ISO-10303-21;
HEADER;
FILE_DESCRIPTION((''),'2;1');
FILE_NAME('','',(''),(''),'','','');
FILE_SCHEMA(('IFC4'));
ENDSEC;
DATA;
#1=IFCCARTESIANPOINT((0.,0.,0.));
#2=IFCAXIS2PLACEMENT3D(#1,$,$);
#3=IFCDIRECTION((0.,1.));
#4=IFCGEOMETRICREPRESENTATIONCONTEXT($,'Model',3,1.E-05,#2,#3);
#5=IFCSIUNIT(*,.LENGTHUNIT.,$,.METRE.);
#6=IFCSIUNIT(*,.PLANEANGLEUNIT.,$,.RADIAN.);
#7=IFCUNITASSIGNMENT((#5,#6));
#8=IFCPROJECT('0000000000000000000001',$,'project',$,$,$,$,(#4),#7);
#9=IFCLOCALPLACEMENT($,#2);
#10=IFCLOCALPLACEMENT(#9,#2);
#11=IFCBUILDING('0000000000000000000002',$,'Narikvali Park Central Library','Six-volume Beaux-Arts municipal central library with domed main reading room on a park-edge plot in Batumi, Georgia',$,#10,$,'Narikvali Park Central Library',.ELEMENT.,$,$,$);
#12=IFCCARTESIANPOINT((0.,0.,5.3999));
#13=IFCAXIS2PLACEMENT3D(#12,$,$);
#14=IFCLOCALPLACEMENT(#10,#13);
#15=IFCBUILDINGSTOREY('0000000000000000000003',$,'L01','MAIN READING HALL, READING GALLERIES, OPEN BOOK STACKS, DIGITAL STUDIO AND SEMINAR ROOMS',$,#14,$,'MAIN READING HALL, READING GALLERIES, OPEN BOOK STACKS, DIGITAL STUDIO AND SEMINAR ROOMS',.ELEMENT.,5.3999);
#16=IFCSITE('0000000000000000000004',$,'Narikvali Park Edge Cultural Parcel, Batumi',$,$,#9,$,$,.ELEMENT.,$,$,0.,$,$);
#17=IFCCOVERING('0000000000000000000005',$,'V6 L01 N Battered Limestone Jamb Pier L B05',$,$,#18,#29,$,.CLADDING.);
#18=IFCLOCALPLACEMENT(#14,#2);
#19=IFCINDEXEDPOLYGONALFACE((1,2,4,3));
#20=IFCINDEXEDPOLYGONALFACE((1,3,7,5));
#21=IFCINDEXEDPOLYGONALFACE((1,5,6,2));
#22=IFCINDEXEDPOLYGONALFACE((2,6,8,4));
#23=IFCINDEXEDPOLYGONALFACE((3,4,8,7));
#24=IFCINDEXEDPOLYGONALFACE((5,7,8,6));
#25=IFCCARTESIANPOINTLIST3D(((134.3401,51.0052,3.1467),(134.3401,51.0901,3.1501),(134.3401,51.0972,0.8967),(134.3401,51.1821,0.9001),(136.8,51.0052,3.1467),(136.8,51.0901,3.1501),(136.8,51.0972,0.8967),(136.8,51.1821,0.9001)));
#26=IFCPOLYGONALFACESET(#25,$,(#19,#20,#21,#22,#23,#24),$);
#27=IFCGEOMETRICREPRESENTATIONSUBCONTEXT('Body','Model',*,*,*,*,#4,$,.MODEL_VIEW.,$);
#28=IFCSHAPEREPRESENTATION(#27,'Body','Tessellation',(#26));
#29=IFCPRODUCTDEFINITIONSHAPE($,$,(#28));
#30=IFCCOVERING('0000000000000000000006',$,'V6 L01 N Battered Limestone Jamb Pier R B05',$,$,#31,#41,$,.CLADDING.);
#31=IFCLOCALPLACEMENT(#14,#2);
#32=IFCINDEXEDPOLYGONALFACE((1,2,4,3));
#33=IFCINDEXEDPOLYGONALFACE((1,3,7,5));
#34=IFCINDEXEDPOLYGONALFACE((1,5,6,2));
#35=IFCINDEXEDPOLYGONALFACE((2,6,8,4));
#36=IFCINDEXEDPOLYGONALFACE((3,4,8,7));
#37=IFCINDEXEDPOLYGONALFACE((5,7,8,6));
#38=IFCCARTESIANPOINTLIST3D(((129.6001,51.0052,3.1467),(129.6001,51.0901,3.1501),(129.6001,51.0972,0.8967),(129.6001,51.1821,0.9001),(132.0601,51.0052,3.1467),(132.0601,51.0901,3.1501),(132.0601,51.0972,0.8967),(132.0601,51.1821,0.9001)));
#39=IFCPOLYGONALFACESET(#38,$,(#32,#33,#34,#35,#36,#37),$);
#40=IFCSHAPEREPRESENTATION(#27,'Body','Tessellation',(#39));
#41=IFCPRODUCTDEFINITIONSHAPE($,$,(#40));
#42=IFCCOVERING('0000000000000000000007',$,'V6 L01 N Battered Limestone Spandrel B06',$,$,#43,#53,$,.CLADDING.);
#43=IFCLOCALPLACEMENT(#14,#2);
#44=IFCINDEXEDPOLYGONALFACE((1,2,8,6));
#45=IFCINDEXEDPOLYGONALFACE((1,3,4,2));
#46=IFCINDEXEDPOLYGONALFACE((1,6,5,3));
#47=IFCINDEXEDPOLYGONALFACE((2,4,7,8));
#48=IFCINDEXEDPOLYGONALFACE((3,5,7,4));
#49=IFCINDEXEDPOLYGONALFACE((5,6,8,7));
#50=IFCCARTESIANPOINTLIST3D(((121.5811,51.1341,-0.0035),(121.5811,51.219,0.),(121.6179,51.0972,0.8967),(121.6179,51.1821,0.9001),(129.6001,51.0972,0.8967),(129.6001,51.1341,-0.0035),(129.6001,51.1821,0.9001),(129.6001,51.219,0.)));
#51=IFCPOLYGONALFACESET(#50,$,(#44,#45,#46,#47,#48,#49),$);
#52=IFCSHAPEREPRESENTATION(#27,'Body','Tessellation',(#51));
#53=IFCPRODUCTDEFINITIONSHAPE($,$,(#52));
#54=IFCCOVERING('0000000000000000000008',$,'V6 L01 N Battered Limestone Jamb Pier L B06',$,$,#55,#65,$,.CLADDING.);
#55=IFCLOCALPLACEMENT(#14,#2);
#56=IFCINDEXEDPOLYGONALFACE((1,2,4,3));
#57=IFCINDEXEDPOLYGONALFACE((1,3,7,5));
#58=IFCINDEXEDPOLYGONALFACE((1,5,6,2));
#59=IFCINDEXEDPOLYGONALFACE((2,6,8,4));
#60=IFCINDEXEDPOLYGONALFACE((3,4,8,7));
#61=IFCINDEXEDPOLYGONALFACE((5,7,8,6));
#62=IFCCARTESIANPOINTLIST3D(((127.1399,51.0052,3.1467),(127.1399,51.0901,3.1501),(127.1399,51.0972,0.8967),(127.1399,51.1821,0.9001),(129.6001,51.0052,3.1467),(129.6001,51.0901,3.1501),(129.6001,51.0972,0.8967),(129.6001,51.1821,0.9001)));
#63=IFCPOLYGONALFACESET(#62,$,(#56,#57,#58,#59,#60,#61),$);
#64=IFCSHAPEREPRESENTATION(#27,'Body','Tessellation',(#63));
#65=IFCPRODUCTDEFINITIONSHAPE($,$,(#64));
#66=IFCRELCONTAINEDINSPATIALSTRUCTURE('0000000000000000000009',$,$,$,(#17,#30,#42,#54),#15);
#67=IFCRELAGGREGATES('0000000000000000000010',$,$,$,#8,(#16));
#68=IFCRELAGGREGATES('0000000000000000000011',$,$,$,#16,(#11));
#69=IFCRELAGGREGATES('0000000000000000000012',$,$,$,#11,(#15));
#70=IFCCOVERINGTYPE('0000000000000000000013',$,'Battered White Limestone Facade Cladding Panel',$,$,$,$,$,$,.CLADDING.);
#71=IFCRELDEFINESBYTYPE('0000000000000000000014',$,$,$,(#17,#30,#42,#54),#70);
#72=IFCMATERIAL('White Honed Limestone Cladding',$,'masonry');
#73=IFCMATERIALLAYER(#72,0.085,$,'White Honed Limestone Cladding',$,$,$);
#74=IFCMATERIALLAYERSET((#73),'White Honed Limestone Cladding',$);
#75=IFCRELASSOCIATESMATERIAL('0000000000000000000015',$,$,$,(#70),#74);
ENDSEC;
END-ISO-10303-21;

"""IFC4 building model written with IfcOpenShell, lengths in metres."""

from ifc_helpers import new_model, si_unit, direction, frame, origin, place, context, subcontext, project, spatial, polyline, outline, extrude, material, layer, layer_set, type_object, element, save


model = new_model("IFC4")

# Units and contexts
model_context = context("Model", 3, precision=1e-05, world=origin(), true_north=direction((0.0, 1.0)))
body_context = subcontext(model_context, "Body", "Model", "MODEL_VIEW")
ifc_project = project(units=[si_unit("LENGTHUNIT", "METRE"), si_unit("PLANEANGLEUNIT", "RADIAN")], contexts=[model_context])

# Site, building, storey
site_placement = place(None, origin())
site = spatial("IfcSite", under=ifc_project, at=site_placement, Name="Narikvali Park Edge Cultural Parcel, Batumi", CompositionType="ELEMENT", RefElevation=0.0)
building_placement = place(site_placement, origin())
building = spatial("IfcBuilding", under=site, at=building_placement, Name="Narikvali Park Central Library", Description="Six-volume Beaux-Arts municipal central library with domed main reading room on a park-edge plot in Batumi, Georgia", LongName="Narikvali Park Central Library", CompositionType="ELEMENT")
storey_placement = place(building_placement, frame((0.0, 0.0, 5.3999)))
storey = spatial("IfcBuildingStorey", under=building, at=storey_placement, Name="L01", Description="MAIN READING HALL, READING GALLERIES, OPEN BOOK STACKS, DIGITAL STUDIO AND SEMINAR ROOMS", LongName="MAIN READING HALL, READING GALLERIES, OPEN BOOK STACKS, DIGITAL STUDIO AND SEMINAR ROOMS", CompositionType="ELEMENT", Elevation=5.3999)

# Coverings
ifc_material_1 = material(Name="White Honed Limestone Cladding", Category="masonry")
ifc_layer_1 = layer(ifc_material_1, 0.085, Name="White Honed Limestone Cladding")
ifc_layer_set_1 = layer_set([ifc_layer_1], Name="White Honed Limestone Cladding")
covering_type = type_object("IfcCoveringType", Name="Battered White Limestone Facade Cladding Panel", PredefinedType="CLADDING", material=ifc_layer_set_1)
for number, where, z_axis, x_axis, name in (
    (1, (136.8, 51.1821, 0.9001), (0.0, 0.999164, 0.040873), (-1.0, 0.0, 0.0), "V6 L01 N Battered Limestone Jamb Pier L B05"),
    (2, (132.0601, 51.1821, 0.9001), (0.0, 0.999164, 0.040873), (-1.0, 0.0, 0.0), "V6 L01 N Battered Limestone Jamb Pier R B05"),
):
    element("IfcCovering", number, at=place(storey_placement, frame(where, z_axis=z_axis, x_axis=x_axis)), inside=storey, type_object=covering_type, Name=name, PredefinedType="CLADDING", context=body_context, shape_type="SweptSolid", body=[
        extrude(outline(polyline([(0.0, 0.0), (2.46, 0.0), (2.46, 2.2519), (0.0, 2.2519), (0.0, 0.0)])), origin(), (0.0, 0.0, -1.0), 0.085),
    ])
covering_1_placement = place(storey_placement, frame((129.6001, 51.219, 0.0), z_axis=(0.0, 0.999162, 0.04092), x_axis=(-1.0, 0.0, 0.0)))
element("IfcCovering", 3, at=covering_1_placement, inside=storey, type_object=covering_type, Name="V6 L01 N Battered Limestone Spandrel B06", PredefinedType="CLADDING", context=body_context, shape_type="SweptSolid", body=[
    extrude(outline(polyline([(0.0, 0.0), (8.019, 0.0), (7.9822, 0.9009), (0.0, 0.9009), (0.0, 0.0)])), origin(), (0.0, 0.0, -1.0), 0.085),
])
covering_2_placement = place(storey_placement, frame((129.6001, 51.1821, 0.9001), z_axis=(0.0, 0.999164, 0.040873), x_axis=(-1.0, 0.0, 0.0)))
element("IfcCovering", 4, at=covering_2_placement, inside=storey, type_object=covering_type, Name="V6 L01 N Battered Limestone Jamb Pier L B06", PredefinedType="CLADDING", context=body_context, shape_type="SweptSolid", body=[
    extrude(outline(polyline([(0.0, 0.0), (2.4602, 0.0), (2.4602, 2.2519), (0.0, 2.2519), (0.0, 0.0)])), origin(), (0.0, 0.0, -1.0), 0.085),
])

save(model, "model.ifc")
